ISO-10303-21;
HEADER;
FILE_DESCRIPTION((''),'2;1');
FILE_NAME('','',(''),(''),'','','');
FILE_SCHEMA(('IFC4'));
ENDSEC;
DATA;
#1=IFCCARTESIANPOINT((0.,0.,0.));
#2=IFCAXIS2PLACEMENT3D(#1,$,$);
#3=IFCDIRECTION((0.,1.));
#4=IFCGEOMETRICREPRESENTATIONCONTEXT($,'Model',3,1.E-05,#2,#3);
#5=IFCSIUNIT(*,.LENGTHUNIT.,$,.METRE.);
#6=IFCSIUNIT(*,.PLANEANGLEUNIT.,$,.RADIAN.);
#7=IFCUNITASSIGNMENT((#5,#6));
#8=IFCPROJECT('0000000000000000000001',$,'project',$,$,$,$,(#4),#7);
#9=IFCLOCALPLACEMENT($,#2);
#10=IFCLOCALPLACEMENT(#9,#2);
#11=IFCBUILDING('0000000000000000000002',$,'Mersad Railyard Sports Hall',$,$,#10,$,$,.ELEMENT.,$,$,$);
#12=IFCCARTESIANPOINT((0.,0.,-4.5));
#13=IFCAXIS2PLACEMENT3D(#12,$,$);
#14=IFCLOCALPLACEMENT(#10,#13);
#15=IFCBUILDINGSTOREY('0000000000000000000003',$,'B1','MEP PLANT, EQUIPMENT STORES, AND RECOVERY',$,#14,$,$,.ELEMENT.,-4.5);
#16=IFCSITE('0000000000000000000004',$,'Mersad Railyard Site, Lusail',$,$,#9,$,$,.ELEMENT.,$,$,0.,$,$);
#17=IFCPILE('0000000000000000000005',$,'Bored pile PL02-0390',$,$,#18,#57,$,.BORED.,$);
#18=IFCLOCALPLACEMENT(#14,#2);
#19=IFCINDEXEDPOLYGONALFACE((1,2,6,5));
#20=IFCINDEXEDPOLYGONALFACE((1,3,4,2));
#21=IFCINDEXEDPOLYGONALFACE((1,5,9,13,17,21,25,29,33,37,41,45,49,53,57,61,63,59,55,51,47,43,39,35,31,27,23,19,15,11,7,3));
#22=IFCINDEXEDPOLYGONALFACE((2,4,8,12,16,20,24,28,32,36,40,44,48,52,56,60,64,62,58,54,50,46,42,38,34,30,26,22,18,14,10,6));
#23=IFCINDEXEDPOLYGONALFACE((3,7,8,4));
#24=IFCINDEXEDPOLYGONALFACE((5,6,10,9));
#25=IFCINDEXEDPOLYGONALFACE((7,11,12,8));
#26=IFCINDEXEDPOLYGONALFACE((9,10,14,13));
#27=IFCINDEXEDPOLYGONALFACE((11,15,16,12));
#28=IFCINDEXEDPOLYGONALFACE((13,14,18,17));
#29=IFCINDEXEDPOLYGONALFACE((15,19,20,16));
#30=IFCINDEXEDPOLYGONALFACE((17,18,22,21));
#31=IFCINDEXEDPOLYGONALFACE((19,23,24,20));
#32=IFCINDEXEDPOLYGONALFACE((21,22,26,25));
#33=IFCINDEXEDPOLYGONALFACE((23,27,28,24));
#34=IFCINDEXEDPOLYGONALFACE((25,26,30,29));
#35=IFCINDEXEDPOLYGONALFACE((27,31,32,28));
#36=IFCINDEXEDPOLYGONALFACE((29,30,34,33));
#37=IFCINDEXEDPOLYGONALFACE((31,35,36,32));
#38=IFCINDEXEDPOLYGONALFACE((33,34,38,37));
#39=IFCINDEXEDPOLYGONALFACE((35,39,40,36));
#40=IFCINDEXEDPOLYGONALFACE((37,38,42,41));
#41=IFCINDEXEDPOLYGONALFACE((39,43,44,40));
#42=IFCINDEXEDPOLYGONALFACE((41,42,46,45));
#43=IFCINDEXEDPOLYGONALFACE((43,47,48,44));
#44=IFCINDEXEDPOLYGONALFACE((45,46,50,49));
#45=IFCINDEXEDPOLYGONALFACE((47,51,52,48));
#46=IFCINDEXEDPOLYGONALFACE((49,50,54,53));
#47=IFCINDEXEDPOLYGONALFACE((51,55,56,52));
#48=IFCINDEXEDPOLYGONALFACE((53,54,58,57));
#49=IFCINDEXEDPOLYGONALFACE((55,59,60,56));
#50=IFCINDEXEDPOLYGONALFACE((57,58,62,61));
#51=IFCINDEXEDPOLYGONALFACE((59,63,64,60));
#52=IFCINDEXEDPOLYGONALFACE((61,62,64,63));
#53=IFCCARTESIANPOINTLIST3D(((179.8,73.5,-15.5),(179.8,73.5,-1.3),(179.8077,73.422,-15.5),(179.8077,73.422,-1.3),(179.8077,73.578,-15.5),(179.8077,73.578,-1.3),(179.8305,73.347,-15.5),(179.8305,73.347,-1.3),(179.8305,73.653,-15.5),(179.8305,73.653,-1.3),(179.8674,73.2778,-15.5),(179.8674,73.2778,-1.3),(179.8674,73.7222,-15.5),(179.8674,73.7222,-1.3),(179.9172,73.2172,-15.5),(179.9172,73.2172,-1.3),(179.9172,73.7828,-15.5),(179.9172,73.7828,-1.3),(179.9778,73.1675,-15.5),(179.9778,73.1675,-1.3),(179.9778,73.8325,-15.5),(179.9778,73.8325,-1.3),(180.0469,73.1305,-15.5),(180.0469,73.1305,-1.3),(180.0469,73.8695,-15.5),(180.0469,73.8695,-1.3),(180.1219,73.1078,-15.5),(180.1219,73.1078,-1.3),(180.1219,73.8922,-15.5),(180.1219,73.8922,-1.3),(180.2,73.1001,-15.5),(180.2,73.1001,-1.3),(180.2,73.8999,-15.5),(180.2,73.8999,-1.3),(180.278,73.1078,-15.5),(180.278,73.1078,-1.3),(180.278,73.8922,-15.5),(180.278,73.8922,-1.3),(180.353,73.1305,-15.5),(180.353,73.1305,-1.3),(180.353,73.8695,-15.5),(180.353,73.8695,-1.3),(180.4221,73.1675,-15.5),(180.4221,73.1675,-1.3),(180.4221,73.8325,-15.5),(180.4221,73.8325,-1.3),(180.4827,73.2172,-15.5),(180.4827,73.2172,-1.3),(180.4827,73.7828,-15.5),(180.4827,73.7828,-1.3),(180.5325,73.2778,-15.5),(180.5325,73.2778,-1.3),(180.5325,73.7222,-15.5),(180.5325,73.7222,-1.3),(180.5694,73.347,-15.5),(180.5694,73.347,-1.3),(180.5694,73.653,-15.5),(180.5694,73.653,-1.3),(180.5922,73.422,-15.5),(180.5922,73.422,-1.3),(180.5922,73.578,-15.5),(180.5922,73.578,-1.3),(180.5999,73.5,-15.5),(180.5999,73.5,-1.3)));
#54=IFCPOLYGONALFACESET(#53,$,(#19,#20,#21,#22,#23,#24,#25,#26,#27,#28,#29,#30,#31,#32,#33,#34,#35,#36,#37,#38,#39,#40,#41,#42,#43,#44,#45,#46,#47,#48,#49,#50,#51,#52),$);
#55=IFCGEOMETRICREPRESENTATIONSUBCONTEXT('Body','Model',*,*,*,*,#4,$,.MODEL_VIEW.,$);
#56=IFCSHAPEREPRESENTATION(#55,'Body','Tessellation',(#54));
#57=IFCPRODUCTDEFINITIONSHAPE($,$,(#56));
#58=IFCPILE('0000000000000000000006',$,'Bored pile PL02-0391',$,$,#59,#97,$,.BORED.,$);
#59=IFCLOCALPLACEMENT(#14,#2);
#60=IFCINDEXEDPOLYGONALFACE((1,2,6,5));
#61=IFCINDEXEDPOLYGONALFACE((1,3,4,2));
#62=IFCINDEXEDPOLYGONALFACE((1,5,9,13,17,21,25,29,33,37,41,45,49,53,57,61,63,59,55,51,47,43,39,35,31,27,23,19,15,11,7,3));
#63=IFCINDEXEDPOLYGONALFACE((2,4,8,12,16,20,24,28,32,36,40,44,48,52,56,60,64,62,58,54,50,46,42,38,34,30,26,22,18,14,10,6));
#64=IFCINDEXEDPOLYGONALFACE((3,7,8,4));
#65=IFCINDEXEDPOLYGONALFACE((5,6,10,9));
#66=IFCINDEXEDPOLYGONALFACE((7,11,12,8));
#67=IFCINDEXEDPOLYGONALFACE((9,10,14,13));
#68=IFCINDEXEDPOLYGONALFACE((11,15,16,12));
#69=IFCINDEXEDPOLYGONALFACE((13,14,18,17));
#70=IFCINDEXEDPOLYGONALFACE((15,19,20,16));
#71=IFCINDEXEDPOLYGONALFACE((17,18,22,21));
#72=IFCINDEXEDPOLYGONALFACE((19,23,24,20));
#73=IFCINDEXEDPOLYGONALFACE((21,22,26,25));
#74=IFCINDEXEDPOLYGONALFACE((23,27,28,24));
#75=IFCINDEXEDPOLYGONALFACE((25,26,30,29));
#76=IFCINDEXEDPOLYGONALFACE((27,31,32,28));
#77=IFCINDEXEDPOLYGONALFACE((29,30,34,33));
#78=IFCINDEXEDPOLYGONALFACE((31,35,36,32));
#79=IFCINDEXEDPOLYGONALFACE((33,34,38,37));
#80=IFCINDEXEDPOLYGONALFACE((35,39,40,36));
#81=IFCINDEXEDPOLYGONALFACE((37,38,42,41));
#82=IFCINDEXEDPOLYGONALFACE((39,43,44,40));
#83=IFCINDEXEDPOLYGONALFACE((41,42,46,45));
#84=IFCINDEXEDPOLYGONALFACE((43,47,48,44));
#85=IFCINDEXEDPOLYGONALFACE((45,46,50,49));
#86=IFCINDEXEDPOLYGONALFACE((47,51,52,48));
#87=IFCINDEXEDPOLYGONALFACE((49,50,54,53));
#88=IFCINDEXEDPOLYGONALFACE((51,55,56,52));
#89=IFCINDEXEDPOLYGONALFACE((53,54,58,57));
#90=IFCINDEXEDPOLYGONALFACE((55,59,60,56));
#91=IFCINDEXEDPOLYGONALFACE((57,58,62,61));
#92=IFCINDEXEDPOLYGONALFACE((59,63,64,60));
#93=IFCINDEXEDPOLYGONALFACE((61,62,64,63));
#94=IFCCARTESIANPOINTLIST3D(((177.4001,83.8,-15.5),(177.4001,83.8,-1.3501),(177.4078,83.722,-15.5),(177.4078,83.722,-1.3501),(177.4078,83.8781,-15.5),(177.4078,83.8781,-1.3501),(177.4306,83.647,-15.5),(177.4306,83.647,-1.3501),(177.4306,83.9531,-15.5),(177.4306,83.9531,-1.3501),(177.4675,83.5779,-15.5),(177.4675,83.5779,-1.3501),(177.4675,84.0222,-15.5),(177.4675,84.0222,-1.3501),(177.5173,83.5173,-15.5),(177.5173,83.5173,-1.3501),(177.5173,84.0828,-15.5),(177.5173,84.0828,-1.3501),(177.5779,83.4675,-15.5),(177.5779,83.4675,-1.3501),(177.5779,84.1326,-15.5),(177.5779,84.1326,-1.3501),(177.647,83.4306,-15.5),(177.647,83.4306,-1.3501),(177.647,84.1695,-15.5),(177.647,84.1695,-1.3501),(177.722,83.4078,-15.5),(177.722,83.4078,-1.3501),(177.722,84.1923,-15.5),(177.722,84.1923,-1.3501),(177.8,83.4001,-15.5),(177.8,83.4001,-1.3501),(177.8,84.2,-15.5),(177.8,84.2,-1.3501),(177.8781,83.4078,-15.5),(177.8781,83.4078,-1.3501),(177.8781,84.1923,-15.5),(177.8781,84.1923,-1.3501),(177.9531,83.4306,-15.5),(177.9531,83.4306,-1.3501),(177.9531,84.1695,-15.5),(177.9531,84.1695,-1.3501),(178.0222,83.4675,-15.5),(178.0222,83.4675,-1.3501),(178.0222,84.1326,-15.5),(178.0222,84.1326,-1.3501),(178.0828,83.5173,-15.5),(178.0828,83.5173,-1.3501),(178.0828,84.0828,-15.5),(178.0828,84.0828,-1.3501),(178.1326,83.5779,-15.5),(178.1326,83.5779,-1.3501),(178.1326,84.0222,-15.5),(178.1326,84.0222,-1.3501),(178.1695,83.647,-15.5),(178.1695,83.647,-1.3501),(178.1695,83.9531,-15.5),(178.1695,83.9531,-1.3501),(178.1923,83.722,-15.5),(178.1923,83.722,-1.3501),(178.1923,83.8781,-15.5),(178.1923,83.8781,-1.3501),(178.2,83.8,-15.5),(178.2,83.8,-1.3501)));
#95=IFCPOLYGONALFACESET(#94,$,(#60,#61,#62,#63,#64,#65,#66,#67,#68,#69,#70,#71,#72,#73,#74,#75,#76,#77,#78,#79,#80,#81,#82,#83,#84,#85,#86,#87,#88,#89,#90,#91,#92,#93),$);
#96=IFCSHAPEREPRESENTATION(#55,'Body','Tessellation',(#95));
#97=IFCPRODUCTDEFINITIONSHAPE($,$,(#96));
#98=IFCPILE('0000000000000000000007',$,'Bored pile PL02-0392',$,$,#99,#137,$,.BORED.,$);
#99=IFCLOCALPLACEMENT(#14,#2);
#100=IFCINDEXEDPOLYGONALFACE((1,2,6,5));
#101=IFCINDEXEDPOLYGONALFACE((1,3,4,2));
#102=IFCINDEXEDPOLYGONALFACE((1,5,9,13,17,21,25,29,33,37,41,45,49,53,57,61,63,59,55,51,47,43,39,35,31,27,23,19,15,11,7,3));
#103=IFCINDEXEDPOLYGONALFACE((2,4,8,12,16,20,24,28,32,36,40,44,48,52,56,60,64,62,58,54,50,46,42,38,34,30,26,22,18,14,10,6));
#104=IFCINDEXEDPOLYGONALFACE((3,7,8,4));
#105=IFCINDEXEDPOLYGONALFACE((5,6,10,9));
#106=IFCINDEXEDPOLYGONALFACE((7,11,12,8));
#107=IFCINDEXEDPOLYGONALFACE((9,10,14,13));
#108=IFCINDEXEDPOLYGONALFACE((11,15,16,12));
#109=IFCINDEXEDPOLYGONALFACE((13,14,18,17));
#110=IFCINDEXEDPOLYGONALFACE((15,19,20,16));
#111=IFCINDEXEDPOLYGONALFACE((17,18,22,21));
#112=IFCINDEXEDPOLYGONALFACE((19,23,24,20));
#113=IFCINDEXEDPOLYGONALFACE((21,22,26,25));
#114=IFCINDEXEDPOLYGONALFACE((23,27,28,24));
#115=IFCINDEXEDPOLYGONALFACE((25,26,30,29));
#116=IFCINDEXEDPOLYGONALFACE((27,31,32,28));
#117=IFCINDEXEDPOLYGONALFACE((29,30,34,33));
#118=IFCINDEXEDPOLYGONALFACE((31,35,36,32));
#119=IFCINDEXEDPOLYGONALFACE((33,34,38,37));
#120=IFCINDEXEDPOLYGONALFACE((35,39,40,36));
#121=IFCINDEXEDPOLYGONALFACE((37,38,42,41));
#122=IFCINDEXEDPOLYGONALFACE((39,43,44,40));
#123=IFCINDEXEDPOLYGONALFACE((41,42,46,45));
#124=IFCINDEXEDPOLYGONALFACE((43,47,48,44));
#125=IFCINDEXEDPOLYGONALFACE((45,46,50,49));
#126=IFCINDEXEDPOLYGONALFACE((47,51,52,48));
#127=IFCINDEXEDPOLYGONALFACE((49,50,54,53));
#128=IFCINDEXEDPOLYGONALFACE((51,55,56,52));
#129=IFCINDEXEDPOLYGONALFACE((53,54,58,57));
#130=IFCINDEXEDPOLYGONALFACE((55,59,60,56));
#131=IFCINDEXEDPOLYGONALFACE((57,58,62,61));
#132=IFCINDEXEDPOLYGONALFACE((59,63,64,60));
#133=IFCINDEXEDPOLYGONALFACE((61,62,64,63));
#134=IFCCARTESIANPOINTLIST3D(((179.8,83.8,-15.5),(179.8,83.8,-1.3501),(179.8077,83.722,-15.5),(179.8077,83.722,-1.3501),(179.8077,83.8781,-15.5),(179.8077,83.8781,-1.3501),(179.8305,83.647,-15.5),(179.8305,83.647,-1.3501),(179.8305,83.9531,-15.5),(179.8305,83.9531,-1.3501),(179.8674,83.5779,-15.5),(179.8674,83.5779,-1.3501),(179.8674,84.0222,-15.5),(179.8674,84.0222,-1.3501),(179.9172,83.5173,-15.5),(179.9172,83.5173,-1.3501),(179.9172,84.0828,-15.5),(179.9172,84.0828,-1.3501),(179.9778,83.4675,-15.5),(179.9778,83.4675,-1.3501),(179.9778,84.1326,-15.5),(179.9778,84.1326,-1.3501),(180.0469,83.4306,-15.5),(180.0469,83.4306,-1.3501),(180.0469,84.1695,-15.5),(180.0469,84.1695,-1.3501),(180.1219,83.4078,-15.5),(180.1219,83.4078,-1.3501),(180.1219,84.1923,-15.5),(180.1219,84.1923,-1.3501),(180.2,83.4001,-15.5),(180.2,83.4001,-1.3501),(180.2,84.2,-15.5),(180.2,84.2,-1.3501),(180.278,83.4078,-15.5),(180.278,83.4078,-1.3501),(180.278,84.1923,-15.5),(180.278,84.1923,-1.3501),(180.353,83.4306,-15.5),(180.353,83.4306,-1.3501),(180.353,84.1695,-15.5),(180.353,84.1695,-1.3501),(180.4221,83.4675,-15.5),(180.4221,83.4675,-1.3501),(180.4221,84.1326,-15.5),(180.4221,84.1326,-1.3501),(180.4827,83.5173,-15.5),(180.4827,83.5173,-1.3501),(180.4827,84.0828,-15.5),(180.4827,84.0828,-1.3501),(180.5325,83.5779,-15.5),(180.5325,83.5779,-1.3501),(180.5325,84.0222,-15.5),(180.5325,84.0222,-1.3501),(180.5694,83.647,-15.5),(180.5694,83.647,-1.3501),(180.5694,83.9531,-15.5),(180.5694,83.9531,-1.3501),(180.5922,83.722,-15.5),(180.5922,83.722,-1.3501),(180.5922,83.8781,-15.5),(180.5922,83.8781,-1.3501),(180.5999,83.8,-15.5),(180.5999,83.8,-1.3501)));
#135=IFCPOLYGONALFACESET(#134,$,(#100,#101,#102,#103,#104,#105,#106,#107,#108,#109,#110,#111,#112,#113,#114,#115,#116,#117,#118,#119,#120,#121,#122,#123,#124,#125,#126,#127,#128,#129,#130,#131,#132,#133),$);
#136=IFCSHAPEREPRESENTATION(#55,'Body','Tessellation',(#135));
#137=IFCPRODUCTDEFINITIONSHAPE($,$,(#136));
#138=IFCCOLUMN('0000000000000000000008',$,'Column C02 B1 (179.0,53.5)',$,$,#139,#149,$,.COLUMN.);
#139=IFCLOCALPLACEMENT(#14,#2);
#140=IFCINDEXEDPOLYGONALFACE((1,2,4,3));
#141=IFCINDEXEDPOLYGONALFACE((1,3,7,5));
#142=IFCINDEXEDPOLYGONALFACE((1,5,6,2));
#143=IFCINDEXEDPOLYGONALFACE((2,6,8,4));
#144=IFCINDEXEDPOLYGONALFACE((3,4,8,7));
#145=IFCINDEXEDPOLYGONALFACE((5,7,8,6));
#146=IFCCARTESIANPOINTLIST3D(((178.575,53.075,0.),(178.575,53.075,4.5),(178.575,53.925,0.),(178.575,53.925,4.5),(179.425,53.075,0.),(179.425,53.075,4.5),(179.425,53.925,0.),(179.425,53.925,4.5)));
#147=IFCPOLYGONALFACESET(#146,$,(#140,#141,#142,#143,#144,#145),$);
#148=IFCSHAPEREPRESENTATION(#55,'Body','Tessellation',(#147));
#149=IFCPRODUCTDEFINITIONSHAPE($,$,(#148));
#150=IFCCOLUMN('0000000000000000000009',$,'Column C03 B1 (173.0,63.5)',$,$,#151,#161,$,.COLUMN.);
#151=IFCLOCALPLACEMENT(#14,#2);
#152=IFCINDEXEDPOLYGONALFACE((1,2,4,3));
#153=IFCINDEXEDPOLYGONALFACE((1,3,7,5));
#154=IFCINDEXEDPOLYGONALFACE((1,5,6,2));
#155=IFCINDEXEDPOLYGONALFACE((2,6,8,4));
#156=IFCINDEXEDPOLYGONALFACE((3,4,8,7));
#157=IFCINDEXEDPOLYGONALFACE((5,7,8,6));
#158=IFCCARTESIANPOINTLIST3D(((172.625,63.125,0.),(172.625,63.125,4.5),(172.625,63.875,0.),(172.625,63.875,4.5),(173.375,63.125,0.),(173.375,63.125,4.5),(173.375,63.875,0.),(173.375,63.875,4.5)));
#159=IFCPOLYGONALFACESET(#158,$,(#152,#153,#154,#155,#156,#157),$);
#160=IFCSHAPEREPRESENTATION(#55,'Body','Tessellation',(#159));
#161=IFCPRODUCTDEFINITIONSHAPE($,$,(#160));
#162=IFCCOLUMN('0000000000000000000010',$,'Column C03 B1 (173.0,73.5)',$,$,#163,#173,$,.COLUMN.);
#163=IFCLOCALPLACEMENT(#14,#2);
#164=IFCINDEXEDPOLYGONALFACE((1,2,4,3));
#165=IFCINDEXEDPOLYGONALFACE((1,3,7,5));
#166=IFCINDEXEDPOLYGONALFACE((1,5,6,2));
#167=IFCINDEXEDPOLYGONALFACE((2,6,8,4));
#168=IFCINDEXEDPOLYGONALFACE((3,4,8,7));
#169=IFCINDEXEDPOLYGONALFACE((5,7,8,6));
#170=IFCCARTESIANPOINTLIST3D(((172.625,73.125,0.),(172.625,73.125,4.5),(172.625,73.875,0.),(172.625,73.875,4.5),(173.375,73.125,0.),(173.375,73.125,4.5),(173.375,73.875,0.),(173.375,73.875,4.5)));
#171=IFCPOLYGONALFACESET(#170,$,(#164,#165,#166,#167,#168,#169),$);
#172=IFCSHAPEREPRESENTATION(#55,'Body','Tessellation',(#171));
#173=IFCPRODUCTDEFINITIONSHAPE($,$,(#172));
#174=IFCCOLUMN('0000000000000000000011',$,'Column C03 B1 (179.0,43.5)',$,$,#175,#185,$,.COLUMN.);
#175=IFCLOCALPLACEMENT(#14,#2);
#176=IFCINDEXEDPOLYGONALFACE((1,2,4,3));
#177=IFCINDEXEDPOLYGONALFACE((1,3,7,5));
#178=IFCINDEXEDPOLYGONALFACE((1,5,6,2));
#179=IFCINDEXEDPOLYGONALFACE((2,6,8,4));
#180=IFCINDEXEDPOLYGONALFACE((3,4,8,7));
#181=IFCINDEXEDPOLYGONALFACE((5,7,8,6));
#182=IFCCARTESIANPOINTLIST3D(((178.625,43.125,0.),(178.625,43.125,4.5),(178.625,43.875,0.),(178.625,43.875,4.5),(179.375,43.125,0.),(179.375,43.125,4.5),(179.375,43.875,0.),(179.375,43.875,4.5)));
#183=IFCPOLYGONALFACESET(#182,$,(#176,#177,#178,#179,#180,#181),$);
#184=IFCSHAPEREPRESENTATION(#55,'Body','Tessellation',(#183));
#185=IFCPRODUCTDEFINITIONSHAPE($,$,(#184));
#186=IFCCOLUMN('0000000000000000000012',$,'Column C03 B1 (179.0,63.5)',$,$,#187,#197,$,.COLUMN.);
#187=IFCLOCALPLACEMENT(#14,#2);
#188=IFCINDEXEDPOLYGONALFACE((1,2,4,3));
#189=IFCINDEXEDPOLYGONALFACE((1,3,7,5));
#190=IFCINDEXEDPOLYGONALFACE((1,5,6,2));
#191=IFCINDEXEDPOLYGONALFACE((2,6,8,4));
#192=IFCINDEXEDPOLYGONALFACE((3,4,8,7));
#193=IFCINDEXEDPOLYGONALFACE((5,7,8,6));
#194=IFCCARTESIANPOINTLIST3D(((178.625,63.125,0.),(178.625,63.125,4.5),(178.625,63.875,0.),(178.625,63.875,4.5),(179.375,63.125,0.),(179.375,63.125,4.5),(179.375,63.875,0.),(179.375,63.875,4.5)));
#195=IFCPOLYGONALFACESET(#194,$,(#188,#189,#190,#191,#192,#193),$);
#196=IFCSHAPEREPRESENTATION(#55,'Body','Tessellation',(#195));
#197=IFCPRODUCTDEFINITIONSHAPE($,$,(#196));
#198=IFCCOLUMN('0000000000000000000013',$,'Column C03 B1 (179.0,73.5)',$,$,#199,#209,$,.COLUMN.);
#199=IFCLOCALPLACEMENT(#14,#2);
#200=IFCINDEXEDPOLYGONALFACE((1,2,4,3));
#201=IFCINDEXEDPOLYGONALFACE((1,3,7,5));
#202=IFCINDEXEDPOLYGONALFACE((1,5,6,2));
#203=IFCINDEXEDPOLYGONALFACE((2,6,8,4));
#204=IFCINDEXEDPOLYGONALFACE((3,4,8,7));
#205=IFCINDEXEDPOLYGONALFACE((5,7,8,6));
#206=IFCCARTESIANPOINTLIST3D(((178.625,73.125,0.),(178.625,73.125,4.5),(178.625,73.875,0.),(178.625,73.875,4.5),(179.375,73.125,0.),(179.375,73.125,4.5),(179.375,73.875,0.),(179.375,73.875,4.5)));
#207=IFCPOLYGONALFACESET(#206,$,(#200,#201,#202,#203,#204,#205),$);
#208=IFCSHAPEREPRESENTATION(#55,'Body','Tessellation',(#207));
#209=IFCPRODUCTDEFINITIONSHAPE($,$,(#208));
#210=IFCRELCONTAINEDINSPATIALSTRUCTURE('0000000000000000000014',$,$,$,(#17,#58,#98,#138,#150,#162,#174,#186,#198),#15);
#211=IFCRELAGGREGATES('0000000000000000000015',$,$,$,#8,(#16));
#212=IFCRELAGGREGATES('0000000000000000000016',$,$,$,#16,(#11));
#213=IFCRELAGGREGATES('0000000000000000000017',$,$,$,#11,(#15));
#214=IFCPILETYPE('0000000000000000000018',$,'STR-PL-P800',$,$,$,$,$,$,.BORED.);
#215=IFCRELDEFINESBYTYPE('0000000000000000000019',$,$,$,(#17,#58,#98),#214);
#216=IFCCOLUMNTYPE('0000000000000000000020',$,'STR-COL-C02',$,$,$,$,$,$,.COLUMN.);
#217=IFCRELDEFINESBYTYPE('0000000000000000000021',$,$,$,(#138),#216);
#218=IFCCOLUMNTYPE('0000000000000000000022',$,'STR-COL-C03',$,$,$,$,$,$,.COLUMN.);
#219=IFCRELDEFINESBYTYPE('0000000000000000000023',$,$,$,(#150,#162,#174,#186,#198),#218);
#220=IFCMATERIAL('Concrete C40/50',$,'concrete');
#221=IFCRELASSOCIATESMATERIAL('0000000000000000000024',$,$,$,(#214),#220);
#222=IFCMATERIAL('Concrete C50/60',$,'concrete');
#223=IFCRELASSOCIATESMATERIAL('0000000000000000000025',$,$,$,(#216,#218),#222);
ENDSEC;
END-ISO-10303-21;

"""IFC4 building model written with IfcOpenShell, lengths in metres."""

from ifc_helpers import new_model, si_unit, direction, frame, origin, origin_2d, place, context, subcontext, project, spatial, rectangle, circle, extrude, material, material_profile, profile_set, type_object, element, save


model = new_model("IFC4")

# Units and contexts
model_context = context("Model", 3, precision=1e-05, world=origin(), true_north=direction((0.0, 1.0)))
body_context = subcontext(model_context, "Body", "Model", "MODEL_VIEW")
ifc_project = project(units=[si_unit("LENGTHUNIT", "METRE"), si_unit("PLANEANGLEUNIT", "RADIAN")], contexts=[model_context])

# Site, building, storey
site_placement = place(None, origin())
site = spatial("IfcSite", under=ifc_project, at=site_placement, Name="Mersad Railyard Site, Lusail", CompositionType="ELEMENT", RefElevation=0.0)
building_placement = place(site_placement, origin())
building = spatial("IfcBuilding", under=site, at=building_placement, Name="Mersad Railyard Sports Hall", CompositionType="ELEMENT")
storey_placement = place(building_placement, frame((0.0, 0.0, -4.5)))
storey = spatial("IfcBuildingStorey", under=building, at=storey_placement, Name="B1", Description="MEP PLANT, EQUIPMENT STORES, AND RECOVERY", CompositionType="ELEMENT", Elevation=-4.5)

# Shared definitions
ifc_material_1 = material(Name="Concrete C40/50", Category="concrete")

# Piles
ifc_material_profile_1 = material_profile(ifc_material_1, circle(Radius=0.3999, at=origin_2d()), Name="BORED PILE D800")
ifc_profile_set_1 = profile_set([ifc_material_profile_1], Name="Concrete C40/50")
pile_type_1 = type_object("IfcPileType", Name="STR-PL-P800", PredefinedType="BORED", material=ifc_profile_set_1)
for number, where, z_axis, x_axis, name in (
    (1, (180.2, 73.5, -1.3), (0.0, 0.0, -1.0), (1.0, 0.0, 0.0), "Bored pile PL02-0390"),
):
    element("IfcPile", number, at=place(storey_placement, frame(where, z_axis=z_axis, x_axis=x_axis)), inside=storey, type_object=pile_type_1, Name=name, PredefinedType="BORED", context=body_context, shape_type="SweptSolid", body=[
        extrude(circle(Radius=0.3999, at=origin_2d()), origin(), (0.0, 0.0, 1.0), 14.2),
    ])
for number, where, z_axis, x_axis, name in (
    (2, (177.8, 83.8, -1.3501), (0.0, 0.0, -1.0), (1.0, 0.0, 0.0), "Bored pile PL02-0391"),
    (3, (180.2, 83.8, -1.3501), (0.0, 0.0, -1.0), (1.0, 0.0, 0.0), "Bored pile PL02-0392"),
):
    element("IfcPile", number, at=place(storey_placement, frame(where, z_axis=z_axis, x_axis=x_axis)), inside=storey, type_object=pile_type_1, Name=name, PredefinedType="BORED", context=body_context, shape_type="SweptSolid", body=[
        extrude(circle(Radius=0.3999, at=origin_2d()), origin(), (0.0, 0.0, 1.0), 14.1499),
    ])

# Columns
ifc_material_2 = material(Name="Concrete C50/60", Category="concrete")
ifc_material_profile_2 = material_profile(ifc_material_2, rectangle(XDim=0.8501, YDim=0.8501, at=origin_2d()), Name="RC 850x850")
ifc_profile_set_2 = profile_set([ifc_material_profile_2], Name="Concrete C50/60")
column_type_1 = type_object("IfcColumnType", Name="STR-COL-C02", PredefinedType="COLUMN", material=ifc_profile_set_2)
column_placement = place(storey_placement, frame((179.0, 53.5, 0.0), z_axis=(0.0, 0.0, 1.0), x_axis=(1.0, 0.0, 0.0)))
element("IfcColumn", 4, at=column_placement, inside=storey, type_object=column_type_1, Name="Column C02 B1 (179.0,53.5)", PredefinedType="COLUMN", context=body_context, shape_type="SweptSolid", body=[
    extrude(rectangle(XDim=0.8501, YDim=0.8501, at=origin_2d()), origin(), (0.0, 0.0, 1.0), 4.5),
])
ifc_material_profile_3 = material_profile(ifc_material_2, rectangle(XDim=0.75, YDim=0.75, at=origin_2d()), Name="RC 750x750")
ifc_profile_set_3 = profile_set([ifc_material_profile_3], Name="Concrete C50/60")
column_type_2 = type_object("IfcColumnType", Name="STR-COL-C03", PredefinedType="COLUMN", material=ifc_profile_set_3)
for number, where, z_axis, x_axis, name in (
    (5, (173.0, 63.5, 0.0), (0.0, 0.0, 1.0), (1.0, 0.0, 0.0), "Column C03 B1 (173.0,63.5)"),
    (6, (173.0, 73.5, 0.0), (0.0, 0.0, 1.0), (1.0, 0.0, 0.0), "Column C03 B1 (173.0,73.5)"),
    (7, (179.0, 43.5, 0.0), (0.0, 0.0, 1.0), (1.0, 0.0, 0.0), "Column C03 B1 (179.0,43.5)"),
    (8, (179.0, 63.5, 0.0), (0.0, 0.0, 1.0), (1.0, 0.0, 0.0), "Column C03 B1 (179.0,63.5)"),
    (9, (179.0, 73.5, 0.0), (0.0, 0.0, 1.0), (1.0, 0.0, 0.0), "Column C03 B1 (179.0,73.5)"),
):
    element("IfcColumn", number, at=place(storey_placement, frame(where, z_axis=z_axis, x_axis=x_axis)), inside=storey, type_object=column_type_2, Name=name, PredefinedType="COLUMN", context=body_context, shape_type="SweptSolid", body=[
        extrude(rectangle(XDim=0.75, YDim=0.75, at=origin_2d()), origin(), (0.0, 0.0, 1.0), 4.5),
    ])

save(model, "model.ifc")
